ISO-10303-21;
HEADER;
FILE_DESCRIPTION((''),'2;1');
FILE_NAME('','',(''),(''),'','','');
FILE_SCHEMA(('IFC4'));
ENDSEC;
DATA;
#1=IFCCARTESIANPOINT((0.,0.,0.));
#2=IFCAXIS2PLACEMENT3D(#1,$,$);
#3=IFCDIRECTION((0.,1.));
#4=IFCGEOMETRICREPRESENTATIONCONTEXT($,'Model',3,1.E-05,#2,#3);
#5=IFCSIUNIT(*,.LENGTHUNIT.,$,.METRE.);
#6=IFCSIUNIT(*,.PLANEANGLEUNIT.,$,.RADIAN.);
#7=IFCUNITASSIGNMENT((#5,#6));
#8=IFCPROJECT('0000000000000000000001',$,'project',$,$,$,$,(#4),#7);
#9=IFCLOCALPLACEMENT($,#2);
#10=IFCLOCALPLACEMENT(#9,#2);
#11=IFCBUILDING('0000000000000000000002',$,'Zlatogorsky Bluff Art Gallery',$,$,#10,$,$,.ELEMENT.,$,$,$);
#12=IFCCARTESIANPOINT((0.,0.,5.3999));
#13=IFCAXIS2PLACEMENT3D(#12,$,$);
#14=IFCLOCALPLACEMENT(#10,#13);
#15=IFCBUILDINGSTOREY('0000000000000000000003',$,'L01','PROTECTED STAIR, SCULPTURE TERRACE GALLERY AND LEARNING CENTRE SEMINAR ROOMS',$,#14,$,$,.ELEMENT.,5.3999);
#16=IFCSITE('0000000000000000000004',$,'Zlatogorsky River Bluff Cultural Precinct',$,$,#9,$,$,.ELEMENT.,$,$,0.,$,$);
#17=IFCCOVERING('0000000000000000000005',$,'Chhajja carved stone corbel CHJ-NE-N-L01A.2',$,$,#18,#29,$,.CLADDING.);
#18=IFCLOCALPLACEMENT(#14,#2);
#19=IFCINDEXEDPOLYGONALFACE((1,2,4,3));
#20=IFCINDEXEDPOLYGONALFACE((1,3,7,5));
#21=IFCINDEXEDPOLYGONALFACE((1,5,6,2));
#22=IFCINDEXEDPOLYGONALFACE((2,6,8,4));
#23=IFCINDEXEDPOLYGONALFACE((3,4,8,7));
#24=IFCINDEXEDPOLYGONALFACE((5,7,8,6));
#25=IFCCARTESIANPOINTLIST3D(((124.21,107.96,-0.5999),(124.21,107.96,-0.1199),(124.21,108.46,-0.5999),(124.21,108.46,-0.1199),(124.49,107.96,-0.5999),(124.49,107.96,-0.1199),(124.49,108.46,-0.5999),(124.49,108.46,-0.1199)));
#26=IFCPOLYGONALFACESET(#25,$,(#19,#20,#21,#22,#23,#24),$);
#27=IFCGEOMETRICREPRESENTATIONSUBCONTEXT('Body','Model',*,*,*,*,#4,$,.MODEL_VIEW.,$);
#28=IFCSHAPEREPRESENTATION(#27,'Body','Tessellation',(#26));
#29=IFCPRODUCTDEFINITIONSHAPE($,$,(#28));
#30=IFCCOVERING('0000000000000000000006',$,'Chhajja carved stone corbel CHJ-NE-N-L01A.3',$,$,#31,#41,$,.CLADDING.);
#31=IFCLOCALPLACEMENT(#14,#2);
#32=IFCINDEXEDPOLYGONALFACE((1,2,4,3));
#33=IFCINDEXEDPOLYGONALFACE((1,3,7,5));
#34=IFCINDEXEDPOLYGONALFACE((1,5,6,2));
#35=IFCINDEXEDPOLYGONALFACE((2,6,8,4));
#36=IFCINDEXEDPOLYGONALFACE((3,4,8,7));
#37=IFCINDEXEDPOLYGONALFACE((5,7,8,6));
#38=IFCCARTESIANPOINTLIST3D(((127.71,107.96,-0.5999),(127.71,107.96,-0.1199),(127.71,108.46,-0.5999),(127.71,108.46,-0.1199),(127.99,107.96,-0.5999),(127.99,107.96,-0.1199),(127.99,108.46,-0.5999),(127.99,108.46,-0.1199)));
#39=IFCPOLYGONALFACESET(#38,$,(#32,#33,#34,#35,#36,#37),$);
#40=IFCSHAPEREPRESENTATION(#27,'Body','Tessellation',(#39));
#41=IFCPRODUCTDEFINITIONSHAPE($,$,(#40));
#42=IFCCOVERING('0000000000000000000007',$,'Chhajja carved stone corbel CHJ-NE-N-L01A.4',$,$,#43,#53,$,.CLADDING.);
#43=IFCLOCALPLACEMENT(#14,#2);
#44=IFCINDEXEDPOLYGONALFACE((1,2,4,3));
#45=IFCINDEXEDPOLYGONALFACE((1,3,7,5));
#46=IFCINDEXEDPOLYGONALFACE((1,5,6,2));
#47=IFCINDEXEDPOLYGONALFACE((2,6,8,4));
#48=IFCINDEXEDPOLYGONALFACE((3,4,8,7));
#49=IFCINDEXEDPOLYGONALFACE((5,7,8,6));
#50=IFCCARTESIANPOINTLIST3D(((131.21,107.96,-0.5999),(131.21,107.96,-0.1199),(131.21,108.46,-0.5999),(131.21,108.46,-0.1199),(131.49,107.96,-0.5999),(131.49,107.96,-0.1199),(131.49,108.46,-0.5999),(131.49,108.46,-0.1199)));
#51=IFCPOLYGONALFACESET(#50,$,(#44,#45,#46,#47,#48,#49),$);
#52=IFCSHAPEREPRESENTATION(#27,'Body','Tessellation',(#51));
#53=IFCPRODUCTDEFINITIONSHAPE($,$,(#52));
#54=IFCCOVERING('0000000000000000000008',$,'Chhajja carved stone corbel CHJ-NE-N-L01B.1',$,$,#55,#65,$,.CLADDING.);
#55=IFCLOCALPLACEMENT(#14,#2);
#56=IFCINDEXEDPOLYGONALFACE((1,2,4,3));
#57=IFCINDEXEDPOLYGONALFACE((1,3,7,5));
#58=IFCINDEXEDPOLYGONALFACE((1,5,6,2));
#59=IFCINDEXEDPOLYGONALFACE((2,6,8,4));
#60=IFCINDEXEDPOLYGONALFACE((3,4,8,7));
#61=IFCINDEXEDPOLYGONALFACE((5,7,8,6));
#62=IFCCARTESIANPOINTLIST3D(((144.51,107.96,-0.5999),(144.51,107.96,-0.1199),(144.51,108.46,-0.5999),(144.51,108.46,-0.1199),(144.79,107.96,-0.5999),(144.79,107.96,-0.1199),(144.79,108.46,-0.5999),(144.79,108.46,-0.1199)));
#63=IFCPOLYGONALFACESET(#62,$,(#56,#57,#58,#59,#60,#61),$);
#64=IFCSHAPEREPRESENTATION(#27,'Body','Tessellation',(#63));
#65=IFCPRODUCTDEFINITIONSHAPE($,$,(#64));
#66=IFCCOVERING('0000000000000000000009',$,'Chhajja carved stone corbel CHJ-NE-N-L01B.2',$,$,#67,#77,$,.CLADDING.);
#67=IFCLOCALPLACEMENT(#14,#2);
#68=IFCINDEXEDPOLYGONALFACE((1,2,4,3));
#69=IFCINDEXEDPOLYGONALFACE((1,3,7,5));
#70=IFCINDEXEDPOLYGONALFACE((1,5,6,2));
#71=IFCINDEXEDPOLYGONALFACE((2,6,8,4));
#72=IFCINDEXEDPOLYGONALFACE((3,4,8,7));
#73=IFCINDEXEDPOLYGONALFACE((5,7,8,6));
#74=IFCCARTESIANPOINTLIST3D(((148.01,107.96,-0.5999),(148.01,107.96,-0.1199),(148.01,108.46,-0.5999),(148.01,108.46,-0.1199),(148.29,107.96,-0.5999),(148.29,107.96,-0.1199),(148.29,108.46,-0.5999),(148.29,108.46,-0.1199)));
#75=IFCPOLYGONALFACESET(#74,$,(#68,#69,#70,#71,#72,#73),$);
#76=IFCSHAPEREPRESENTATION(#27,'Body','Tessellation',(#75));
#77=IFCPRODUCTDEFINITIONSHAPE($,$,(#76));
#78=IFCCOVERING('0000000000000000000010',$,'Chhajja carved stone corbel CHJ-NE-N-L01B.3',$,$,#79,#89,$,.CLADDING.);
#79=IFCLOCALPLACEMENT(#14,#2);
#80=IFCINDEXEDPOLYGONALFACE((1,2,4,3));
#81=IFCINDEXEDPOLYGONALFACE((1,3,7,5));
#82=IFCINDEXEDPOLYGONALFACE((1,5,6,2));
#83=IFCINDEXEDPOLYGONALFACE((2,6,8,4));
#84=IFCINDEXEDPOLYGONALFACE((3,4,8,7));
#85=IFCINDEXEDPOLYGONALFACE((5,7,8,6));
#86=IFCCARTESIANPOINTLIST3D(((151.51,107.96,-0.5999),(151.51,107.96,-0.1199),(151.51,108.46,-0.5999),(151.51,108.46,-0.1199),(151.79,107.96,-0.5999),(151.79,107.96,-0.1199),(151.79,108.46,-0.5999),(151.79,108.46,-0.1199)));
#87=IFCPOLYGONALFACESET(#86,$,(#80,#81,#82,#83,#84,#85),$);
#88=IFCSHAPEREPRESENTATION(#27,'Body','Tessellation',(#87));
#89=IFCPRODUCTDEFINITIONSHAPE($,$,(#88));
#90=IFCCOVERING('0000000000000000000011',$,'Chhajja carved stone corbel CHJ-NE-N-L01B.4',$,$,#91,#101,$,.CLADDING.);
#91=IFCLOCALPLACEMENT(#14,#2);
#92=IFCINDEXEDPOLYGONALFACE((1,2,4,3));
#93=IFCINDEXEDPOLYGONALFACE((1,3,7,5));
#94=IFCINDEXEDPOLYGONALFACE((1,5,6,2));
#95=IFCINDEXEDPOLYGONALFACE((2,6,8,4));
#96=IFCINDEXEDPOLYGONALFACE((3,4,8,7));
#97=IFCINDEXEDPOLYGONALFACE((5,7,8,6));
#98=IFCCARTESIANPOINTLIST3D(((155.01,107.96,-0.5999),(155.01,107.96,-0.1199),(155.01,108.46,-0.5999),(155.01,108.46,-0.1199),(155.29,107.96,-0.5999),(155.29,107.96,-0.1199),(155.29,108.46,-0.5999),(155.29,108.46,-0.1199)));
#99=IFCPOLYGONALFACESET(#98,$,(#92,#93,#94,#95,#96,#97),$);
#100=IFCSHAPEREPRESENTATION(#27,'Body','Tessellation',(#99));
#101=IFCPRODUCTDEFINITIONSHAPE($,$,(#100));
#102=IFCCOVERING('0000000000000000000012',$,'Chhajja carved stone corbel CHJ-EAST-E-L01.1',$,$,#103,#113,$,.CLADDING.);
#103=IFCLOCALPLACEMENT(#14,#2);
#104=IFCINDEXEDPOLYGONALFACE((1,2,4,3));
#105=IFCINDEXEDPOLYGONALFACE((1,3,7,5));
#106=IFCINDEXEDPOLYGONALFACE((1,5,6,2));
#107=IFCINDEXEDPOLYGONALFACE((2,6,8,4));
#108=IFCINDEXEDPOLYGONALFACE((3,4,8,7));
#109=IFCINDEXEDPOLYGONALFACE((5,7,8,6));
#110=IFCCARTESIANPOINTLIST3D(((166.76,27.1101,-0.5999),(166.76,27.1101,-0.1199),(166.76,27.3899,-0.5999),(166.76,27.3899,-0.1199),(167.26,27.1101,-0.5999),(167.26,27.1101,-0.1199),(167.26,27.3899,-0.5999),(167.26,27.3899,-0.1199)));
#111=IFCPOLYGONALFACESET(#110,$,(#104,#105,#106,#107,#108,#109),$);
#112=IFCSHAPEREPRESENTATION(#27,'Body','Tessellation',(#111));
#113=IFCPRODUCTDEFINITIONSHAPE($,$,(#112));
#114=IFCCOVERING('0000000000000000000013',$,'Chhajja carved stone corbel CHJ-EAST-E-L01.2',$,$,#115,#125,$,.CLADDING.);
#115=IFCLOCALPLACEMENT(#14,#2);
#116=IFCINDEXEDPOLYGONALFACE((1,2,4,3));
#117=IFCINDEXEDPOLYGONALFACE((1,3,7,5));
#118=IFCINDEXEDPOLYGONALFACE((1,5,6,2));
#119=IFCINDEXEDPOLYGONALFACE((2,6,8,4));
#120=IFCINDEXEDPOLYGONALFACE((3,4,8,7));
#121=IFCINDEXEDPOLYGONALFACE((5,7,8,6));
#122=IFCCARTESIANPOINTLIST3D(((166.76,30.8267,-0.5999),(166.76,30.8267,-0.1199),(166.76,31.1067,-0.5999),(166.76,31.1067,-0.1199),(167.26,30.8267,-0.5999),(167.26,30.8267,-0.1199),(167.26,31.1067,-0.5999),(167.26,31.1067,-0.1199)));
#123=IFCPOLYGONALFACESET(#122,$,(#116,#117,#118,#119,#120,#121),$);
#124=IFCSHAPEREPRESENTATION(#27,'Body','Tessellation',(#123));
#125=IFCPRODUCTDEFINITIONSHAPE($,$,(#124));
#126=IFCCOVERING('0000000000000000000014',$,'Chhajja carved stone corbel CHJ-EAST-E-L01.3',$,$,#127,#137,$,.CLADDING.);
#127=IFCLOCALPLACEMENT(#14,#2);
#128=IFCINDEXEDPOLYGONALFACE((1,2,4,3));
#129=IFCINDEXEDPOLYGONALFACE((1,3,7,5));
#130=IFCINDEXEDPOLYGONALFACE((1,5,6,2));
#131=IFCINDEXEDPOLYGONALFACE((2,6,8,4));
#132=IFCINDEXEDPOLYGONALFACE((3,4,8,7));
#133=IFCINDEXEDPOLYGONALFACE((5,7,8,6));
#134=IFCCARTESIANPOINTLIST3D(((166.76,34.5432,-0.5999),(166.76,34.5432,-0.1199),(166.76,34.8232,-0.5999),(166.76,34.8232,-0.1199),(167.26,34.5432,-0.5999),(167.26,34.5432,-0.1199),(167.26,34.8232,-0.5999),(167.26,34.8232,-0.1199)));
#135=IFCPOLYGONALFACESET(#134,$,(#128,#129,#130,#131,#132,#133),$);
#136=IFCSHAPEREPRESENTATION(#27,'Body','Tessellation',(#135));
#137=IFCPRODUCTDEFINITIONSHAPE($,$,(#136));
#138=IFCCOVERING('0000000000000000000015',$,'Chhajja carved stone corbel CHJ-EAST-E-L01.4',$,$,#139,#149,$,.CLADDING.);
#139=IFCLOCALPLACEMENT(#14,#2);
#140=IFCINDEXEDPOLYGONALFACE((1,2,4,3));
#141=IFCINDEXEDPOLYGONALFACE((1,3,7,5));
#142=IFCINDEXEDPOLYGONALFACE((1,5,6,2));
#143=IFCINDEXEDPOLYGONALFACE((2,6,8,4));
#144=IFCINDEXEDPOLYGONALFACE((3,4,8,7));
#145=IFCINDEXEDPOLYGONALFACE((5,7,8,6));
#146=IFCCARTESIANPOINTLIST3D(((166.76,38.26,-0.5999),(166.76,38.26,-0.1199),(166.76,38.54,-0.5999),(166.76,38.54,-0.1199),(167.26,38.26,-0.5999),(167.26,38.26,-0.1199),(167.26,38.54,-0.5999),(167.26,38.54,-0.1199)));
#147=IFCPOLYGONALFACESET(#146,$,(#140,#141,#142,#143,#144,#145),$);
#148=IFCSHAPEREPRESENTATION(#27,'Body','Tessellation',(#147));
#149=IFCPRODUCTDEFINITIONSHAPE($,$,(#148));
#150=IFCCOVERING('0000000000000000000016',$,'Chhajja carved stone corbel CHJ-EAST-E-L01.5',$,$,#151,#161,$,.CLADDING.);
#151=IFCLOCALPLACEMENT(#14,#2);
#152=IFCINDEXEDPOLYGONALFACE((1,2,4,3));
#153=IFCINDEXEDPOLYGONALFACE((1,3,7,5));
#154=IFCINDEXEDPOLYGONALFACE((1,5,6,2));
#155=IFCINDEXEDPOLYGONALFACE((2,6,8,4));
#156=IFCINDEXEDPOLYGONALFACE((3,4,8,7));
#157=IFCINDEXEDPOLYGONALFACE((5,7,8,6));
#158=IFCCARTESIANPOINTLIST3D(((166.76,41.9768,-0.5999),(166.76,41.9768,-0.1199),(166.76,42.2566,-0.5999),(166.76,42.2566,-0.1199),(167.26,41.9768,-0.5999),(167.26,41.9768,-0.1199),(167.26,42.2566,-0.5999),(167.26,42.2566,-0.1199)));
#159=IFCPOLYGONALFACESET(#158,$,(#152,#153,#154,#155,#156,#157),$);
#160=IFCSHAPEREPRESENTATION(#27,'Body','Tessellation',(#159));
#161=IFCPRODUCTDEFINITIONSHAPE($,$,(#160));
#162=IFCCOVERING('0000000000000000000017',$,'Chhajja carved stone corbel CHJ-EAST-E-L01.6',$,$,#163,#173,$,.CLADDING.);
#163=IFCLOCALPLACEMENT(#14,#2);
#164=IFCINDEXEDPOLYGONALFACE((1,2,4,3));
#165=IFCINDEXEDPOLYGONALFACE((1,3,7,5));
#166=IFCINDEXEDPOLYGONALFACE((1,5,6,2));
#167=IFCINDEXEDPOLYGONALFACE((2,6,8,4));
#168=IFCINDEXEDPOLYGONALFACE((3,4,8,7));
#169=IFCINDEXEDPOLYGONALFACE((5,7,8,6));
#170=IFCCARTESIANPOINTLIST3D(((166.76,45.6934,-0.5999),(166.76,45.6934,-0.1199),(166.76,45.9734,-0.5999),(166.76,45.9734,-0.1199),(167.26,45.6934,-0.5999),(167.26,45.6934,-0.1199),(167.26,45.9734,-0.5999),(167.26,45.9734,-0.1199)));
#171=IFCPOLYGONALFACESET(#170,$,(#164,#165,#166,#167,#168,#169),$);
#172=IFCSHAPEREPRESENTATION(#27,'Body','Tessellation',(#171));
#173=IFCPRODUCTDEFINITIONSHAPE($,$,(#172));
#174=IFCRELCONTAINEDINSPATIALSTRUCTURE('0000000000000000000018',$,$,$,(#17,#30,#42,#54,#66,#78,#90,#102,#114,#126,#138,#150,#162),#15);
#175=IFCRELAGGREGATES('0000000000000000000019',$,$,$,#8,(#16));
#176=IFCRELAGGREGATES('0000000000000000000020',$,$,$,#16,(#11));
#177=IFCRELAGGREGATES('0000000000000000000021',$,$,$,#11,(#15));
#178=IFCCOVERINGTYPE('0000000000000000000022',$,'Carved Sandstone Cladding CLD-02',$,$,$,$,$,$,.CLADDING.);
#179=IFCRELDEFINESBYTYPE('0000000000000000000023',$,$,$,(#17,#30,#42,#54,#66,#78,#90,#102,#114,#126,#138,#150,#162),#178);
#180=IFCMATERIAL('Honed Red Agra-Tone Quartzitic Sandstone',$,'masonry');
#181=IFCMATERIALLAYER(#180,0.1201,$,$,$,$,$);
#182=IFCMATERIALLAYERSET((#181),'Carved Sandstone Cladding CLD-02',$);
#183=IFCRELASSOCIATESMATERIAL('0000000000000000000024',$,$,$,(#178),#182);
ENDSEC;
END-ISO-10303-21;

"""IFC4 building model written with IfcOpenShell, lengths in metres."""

from ifc_helpers import new_model, si_unit, direction, frame, origin, place, context, subcontext, project, spatial, polyline, outline, extrude, material, layer, layer_set, type_object, element, save


model = new_model("IFC4")

# Units and contexts
model_context = context("Model", 3, precision=1e-05, world=origin(), true_north=direction((0.0, 1.0)))
body_context = subcontext(model_context, "Body", "Model", "MODEL_VIEW")
ifc_project = project(units=[si_unit("LENGTHUNIT", "METRE"), si_unit("PLANEANGLEUNIT", "RADIAN")], contexts=[model_context])

# Site, building, storey
site_placement = place(None, origin())
site = spatial("IfcSite", under=ifc_project, at=site_placement, Name="Zlatogorsky River Bluff Cultural Precinct", CompositionType="ELEMENT", RefElevation=0.0)
building_placement = place(site_placement, origin())
building = spatial("IfcBuilding", under=site, at=building_placement, Name="Zlatogorsky Bluff Art Gallery", CompositionType="ELEMENT")
storey_placement = place(building_placement, frame((0.0, 0.0, 5.3999)))
storey = spatial("IfcBuildingStorey", under=building, at=storey_placement, Name="L01", Description="PROTECTED STAIR, SCULPTURE TERRACE GALLERY AND LEARNING CENTRE SEMINAR ROOMS", CompositionType="ELEMENT", Elevation=5.3999)

# Coverings
ifc_material = material(Name="Honed Red Agra-Tone Quartzitic Sandstone", Category="masonry")
ifc_layer = layer(ifc_material, 0.1201)
ifc_layer_set = layer_set([ifc_layer], Name="Carved Sandstone Cladding CLD-02")
covering_type = type_object("IfcCoveringType", Name="Carved Sandstone Cladding CLD-02", PredefinedType="CLADDING", material=ifc_layer_set)
covering_1_placement = place(storey_placement, frame((0.0, 0.0, -0.5999)))
element("IfcCovering", 1, at=covering_1_placement, inside=storey, type_object=covering_type, Name="Chhajja carved stone corbel CHJ-NE-N-L01A.2", PredefinedType="CLADDING", context=body_context, shape_type="SweptSolid", body=[
    extrude(outline(polyline([(124.21, 107.96), (124.49, 107.96), (124.49, 108.46), (124.21, 108.46), (124.21, 107.96)])), origin(), (0.0, 0.0, 1.0), 0.48),
])
covering_2_placement = place(storey_placement, frame((0.0, 0.0, -0.5999)))
element("IfcCovering", 2, at=covering_2_placement, inside=storey, type_object=covering_type, Name="Chhajja carved stone corbel CHJ-NE-N-L01A.3", PredefinedType="CLADDING", context=body_context, shape_type="SweptSolid", body=[
    extrude(outline(polyline([(127.71, 107.96), (127.99, 107.96), (127.99, 108.46), (127.71, 108.46), (127.71, 107.96)])), origin(), (0.0, 0.0, 1.0), 0.48),
])
covering_3_placement = place(storey_placement, frame((0.0, 0.0, -0.5999)))
element("IfcCovering", 3, at=covering_3_placement, inside=storey, type_object=covering_type, Name="Chhajja carved stone corbel CHJ-NE-N-L01A.4", PredefinedType="CLADDING", context=body_context, shape_type="SweptSolid", body=[
    extrude(outline(polyline([(131.21, 107.96), (131.49, 107.96), (131.49, 108.46), (131.21, 108.46), (131.21, 107.96)])), origin(), (0.0, 0.0, 1.0), 0.48),
])
covering_4_placement = place(storey_placement, frame((0.0, 0.0, -0.5999)))
element("IfcCovering", 4, at=covering_4_placement, inside=storey, type_object=covering_type, Name="Chhajja carved stone corbel CHJ-NE-N-L01B.1", PredefinedType="CLADDING", context=body_context, shape_type="SweptSolid", body=[
    extrude(outline(polyline([(144.51, 107.96), (144.79, 107.96), (144.79, 108.46), (144.51, 108.46), (144.51, 107.96)])), origin(), (0.0, 0.0, 1.0), 0.48),
])
covering_5_placement = place(storey_placement, frame((0.0, 0.0, -0.5999)))
element("IfcCovering", 5, at=covering_5_placement, inside=storey, type_object=covering_type, Name="Chhajja carved stone corbel CHJ-NE-N-L01B.2", PredefinedType="CLADDING", context=body_context, shape_type="SweptSolid", body=[
    extrude(outline(polyline([(148.01, 107.96), (148.29, 107.96), (148.29, 108.46), (148.01, 108.46), (148.01, 107.96)])), origin(), (0.0, 0.0, 1.0), 0.48),
])
covering_6_placement = place(storey_placement, frame((0.0, 0.0, -0.5999)))
element("IfcCovering", 6, at=covering_6_placement, inside=storey, type_object=covering_type, Name="Chhajja carved stone corbel CHJ-NE-N-L01B.3", PredefinedType="CLADDING", context=body_context, shape_type="SweptSolid", body=[
    extrude(outline(polyline([(151.51, 107.96), (151.79, 107.96), (151.79, 108.46), (151.51, 108.46), (151.51, 107.96)])), origin(), (0.0, 0.0, 1.0), 0.48),
])
covering_7_placement = place(storey_placement, frame((0.0, 0.0, -0.5999)))
element("IfcCovering", 7, at=covering_7_placement, inside=storey, type_object=covering_type, Name="Chhajja carved stone corbel CHJ-NE-N-L01B.4", PredefinedType="CLADDING", context=body_context, shape_type="SweptSolid", body=[
    extrude(outline(polyline([(155.01, 107.96), (155.29, 107.96), (155.29, 108.46), (155.01, 108.46), (155.01, 107.96)])), origin(), (0.0, 0.0, 1.0), 0.48),
])
covering_8_placement = place(storey_placement, frame((0.0, 0.0, -0.5999)))
element("IfcCovering", 8, at=covering_8_placement, inside=storey, type_object=covering_type, Name="Chhajja carved stone corbel CHJ-EAST-E-L01.1", PredefinedType="CLADDING", context=body_context, shape_type="SweptSolid", body=[
    extrude(outline(polyline([(166.76, 27.1101), (166.76, 27.3899), (167.26, 27.3899), (167.26, 27.1101), (166.76, 27.1101)])), origin(), (0.0, 0.0, 1.0), 0.48),
])
covering_9_placement = place(storey_placement, frame((0.0, 0.0, -0.5999)))
element("IfcCovering", 9, at=covering_9_placement, inside=storey, type_object=covering_type, Name="Chhajja carved stone corbel CHJ-EAST-E-L01.2", PredefinedType="CLADDING", context=body_context, shape_type="SweptSolid", body=[
    extrude(outline(polyline([(166.76, 30.8267), (166.76, 31.1067), (167.26, 31.1067), (167.26, 30.8267), (166.76, 30.8267)])), origin(), (0.0, 0.0, 1.0), 0.48),
])
covering_10_placement = place(storey_placement, frame((0.0, 0.0, -0.5999)))
element("IfcCovering", 10, at=covering_10_placement, inside=storey, type_object=covering_type, Name="Chhajja carved stone corbel CHJ-EAST-E-L01.3", PredefinedType="CLADDING", context=body_context, shape_type="SweptSolid", body=[
    extrude(outline(polyline([(166.76, 34.5432), (166.76, 34.8232), (167.26, 34.8232), (167.26, 34.5432), (166.76, 34.5432)])), origin(), (0.0, 0.0, 1.0), 0.48),
])
covering_11_placement = place(storey_placement, frame((0.0, 0.0, -0.5999)))
element("IfcCovering", 11, at=covering_11_placement, inside=storey, type_object=covering_type, Name="Chhajja carved stone corbel CHJ-EAST-E-L01.4", PredefinedType="CLADDING", context=body_context, shape_type="SweptSolid", body=[
    extrude(outline(polyline([(166.76, 38.26), (166.76, 38.54), (167.26, 38.54), (167.26, 38.26), (166.76, 38.26)])), origin(), (0.0, 0.0, 1.0), 0.48),
])
covering_12_placement = place(storey_placement, frame((0.0, 0.0, -0.5999)))
element("IfcCovering", 12, at=covering_12_placement, inside=storey, type_object=covering_type, Name="Chhajja carved stone corbel CHJ-EAST-E-L01.5", PredefinedType="CLADDING", context=body_context, shape_type="SweptSolid", body=[
    extrude(outline(polyline([(166.76, 41.9768), (166.76, 42.2566), (167.26, 42.2566), (167.26, 41.9768), (166.76, 41.9768)])), origin(), (0.0, 0.0, 1.0), 0.48),
])
covering_13_placement = place(storey_placement, frame((0.0, 0.0, -0.5999)))
element("IfcCovering", 13, at=covering_13_placement, inside=storey, type_object=covering_type, Name="Chhajja carved stone corbel CHJ-EAST-E-L01.6", PredefinedType="CLADDING", context=body_context, shape_type="SweptSolid", body=[
    extrude(outline(polyline([(166.76, 45.6934), (166.76, 45.9734), (167.26, 45.9734), (167.26, 45.6934), (166.76, 45.6934)])), origin(), (0.0, 0.0, 1.0), 0.48),
])

save(model, "model.ifc")
